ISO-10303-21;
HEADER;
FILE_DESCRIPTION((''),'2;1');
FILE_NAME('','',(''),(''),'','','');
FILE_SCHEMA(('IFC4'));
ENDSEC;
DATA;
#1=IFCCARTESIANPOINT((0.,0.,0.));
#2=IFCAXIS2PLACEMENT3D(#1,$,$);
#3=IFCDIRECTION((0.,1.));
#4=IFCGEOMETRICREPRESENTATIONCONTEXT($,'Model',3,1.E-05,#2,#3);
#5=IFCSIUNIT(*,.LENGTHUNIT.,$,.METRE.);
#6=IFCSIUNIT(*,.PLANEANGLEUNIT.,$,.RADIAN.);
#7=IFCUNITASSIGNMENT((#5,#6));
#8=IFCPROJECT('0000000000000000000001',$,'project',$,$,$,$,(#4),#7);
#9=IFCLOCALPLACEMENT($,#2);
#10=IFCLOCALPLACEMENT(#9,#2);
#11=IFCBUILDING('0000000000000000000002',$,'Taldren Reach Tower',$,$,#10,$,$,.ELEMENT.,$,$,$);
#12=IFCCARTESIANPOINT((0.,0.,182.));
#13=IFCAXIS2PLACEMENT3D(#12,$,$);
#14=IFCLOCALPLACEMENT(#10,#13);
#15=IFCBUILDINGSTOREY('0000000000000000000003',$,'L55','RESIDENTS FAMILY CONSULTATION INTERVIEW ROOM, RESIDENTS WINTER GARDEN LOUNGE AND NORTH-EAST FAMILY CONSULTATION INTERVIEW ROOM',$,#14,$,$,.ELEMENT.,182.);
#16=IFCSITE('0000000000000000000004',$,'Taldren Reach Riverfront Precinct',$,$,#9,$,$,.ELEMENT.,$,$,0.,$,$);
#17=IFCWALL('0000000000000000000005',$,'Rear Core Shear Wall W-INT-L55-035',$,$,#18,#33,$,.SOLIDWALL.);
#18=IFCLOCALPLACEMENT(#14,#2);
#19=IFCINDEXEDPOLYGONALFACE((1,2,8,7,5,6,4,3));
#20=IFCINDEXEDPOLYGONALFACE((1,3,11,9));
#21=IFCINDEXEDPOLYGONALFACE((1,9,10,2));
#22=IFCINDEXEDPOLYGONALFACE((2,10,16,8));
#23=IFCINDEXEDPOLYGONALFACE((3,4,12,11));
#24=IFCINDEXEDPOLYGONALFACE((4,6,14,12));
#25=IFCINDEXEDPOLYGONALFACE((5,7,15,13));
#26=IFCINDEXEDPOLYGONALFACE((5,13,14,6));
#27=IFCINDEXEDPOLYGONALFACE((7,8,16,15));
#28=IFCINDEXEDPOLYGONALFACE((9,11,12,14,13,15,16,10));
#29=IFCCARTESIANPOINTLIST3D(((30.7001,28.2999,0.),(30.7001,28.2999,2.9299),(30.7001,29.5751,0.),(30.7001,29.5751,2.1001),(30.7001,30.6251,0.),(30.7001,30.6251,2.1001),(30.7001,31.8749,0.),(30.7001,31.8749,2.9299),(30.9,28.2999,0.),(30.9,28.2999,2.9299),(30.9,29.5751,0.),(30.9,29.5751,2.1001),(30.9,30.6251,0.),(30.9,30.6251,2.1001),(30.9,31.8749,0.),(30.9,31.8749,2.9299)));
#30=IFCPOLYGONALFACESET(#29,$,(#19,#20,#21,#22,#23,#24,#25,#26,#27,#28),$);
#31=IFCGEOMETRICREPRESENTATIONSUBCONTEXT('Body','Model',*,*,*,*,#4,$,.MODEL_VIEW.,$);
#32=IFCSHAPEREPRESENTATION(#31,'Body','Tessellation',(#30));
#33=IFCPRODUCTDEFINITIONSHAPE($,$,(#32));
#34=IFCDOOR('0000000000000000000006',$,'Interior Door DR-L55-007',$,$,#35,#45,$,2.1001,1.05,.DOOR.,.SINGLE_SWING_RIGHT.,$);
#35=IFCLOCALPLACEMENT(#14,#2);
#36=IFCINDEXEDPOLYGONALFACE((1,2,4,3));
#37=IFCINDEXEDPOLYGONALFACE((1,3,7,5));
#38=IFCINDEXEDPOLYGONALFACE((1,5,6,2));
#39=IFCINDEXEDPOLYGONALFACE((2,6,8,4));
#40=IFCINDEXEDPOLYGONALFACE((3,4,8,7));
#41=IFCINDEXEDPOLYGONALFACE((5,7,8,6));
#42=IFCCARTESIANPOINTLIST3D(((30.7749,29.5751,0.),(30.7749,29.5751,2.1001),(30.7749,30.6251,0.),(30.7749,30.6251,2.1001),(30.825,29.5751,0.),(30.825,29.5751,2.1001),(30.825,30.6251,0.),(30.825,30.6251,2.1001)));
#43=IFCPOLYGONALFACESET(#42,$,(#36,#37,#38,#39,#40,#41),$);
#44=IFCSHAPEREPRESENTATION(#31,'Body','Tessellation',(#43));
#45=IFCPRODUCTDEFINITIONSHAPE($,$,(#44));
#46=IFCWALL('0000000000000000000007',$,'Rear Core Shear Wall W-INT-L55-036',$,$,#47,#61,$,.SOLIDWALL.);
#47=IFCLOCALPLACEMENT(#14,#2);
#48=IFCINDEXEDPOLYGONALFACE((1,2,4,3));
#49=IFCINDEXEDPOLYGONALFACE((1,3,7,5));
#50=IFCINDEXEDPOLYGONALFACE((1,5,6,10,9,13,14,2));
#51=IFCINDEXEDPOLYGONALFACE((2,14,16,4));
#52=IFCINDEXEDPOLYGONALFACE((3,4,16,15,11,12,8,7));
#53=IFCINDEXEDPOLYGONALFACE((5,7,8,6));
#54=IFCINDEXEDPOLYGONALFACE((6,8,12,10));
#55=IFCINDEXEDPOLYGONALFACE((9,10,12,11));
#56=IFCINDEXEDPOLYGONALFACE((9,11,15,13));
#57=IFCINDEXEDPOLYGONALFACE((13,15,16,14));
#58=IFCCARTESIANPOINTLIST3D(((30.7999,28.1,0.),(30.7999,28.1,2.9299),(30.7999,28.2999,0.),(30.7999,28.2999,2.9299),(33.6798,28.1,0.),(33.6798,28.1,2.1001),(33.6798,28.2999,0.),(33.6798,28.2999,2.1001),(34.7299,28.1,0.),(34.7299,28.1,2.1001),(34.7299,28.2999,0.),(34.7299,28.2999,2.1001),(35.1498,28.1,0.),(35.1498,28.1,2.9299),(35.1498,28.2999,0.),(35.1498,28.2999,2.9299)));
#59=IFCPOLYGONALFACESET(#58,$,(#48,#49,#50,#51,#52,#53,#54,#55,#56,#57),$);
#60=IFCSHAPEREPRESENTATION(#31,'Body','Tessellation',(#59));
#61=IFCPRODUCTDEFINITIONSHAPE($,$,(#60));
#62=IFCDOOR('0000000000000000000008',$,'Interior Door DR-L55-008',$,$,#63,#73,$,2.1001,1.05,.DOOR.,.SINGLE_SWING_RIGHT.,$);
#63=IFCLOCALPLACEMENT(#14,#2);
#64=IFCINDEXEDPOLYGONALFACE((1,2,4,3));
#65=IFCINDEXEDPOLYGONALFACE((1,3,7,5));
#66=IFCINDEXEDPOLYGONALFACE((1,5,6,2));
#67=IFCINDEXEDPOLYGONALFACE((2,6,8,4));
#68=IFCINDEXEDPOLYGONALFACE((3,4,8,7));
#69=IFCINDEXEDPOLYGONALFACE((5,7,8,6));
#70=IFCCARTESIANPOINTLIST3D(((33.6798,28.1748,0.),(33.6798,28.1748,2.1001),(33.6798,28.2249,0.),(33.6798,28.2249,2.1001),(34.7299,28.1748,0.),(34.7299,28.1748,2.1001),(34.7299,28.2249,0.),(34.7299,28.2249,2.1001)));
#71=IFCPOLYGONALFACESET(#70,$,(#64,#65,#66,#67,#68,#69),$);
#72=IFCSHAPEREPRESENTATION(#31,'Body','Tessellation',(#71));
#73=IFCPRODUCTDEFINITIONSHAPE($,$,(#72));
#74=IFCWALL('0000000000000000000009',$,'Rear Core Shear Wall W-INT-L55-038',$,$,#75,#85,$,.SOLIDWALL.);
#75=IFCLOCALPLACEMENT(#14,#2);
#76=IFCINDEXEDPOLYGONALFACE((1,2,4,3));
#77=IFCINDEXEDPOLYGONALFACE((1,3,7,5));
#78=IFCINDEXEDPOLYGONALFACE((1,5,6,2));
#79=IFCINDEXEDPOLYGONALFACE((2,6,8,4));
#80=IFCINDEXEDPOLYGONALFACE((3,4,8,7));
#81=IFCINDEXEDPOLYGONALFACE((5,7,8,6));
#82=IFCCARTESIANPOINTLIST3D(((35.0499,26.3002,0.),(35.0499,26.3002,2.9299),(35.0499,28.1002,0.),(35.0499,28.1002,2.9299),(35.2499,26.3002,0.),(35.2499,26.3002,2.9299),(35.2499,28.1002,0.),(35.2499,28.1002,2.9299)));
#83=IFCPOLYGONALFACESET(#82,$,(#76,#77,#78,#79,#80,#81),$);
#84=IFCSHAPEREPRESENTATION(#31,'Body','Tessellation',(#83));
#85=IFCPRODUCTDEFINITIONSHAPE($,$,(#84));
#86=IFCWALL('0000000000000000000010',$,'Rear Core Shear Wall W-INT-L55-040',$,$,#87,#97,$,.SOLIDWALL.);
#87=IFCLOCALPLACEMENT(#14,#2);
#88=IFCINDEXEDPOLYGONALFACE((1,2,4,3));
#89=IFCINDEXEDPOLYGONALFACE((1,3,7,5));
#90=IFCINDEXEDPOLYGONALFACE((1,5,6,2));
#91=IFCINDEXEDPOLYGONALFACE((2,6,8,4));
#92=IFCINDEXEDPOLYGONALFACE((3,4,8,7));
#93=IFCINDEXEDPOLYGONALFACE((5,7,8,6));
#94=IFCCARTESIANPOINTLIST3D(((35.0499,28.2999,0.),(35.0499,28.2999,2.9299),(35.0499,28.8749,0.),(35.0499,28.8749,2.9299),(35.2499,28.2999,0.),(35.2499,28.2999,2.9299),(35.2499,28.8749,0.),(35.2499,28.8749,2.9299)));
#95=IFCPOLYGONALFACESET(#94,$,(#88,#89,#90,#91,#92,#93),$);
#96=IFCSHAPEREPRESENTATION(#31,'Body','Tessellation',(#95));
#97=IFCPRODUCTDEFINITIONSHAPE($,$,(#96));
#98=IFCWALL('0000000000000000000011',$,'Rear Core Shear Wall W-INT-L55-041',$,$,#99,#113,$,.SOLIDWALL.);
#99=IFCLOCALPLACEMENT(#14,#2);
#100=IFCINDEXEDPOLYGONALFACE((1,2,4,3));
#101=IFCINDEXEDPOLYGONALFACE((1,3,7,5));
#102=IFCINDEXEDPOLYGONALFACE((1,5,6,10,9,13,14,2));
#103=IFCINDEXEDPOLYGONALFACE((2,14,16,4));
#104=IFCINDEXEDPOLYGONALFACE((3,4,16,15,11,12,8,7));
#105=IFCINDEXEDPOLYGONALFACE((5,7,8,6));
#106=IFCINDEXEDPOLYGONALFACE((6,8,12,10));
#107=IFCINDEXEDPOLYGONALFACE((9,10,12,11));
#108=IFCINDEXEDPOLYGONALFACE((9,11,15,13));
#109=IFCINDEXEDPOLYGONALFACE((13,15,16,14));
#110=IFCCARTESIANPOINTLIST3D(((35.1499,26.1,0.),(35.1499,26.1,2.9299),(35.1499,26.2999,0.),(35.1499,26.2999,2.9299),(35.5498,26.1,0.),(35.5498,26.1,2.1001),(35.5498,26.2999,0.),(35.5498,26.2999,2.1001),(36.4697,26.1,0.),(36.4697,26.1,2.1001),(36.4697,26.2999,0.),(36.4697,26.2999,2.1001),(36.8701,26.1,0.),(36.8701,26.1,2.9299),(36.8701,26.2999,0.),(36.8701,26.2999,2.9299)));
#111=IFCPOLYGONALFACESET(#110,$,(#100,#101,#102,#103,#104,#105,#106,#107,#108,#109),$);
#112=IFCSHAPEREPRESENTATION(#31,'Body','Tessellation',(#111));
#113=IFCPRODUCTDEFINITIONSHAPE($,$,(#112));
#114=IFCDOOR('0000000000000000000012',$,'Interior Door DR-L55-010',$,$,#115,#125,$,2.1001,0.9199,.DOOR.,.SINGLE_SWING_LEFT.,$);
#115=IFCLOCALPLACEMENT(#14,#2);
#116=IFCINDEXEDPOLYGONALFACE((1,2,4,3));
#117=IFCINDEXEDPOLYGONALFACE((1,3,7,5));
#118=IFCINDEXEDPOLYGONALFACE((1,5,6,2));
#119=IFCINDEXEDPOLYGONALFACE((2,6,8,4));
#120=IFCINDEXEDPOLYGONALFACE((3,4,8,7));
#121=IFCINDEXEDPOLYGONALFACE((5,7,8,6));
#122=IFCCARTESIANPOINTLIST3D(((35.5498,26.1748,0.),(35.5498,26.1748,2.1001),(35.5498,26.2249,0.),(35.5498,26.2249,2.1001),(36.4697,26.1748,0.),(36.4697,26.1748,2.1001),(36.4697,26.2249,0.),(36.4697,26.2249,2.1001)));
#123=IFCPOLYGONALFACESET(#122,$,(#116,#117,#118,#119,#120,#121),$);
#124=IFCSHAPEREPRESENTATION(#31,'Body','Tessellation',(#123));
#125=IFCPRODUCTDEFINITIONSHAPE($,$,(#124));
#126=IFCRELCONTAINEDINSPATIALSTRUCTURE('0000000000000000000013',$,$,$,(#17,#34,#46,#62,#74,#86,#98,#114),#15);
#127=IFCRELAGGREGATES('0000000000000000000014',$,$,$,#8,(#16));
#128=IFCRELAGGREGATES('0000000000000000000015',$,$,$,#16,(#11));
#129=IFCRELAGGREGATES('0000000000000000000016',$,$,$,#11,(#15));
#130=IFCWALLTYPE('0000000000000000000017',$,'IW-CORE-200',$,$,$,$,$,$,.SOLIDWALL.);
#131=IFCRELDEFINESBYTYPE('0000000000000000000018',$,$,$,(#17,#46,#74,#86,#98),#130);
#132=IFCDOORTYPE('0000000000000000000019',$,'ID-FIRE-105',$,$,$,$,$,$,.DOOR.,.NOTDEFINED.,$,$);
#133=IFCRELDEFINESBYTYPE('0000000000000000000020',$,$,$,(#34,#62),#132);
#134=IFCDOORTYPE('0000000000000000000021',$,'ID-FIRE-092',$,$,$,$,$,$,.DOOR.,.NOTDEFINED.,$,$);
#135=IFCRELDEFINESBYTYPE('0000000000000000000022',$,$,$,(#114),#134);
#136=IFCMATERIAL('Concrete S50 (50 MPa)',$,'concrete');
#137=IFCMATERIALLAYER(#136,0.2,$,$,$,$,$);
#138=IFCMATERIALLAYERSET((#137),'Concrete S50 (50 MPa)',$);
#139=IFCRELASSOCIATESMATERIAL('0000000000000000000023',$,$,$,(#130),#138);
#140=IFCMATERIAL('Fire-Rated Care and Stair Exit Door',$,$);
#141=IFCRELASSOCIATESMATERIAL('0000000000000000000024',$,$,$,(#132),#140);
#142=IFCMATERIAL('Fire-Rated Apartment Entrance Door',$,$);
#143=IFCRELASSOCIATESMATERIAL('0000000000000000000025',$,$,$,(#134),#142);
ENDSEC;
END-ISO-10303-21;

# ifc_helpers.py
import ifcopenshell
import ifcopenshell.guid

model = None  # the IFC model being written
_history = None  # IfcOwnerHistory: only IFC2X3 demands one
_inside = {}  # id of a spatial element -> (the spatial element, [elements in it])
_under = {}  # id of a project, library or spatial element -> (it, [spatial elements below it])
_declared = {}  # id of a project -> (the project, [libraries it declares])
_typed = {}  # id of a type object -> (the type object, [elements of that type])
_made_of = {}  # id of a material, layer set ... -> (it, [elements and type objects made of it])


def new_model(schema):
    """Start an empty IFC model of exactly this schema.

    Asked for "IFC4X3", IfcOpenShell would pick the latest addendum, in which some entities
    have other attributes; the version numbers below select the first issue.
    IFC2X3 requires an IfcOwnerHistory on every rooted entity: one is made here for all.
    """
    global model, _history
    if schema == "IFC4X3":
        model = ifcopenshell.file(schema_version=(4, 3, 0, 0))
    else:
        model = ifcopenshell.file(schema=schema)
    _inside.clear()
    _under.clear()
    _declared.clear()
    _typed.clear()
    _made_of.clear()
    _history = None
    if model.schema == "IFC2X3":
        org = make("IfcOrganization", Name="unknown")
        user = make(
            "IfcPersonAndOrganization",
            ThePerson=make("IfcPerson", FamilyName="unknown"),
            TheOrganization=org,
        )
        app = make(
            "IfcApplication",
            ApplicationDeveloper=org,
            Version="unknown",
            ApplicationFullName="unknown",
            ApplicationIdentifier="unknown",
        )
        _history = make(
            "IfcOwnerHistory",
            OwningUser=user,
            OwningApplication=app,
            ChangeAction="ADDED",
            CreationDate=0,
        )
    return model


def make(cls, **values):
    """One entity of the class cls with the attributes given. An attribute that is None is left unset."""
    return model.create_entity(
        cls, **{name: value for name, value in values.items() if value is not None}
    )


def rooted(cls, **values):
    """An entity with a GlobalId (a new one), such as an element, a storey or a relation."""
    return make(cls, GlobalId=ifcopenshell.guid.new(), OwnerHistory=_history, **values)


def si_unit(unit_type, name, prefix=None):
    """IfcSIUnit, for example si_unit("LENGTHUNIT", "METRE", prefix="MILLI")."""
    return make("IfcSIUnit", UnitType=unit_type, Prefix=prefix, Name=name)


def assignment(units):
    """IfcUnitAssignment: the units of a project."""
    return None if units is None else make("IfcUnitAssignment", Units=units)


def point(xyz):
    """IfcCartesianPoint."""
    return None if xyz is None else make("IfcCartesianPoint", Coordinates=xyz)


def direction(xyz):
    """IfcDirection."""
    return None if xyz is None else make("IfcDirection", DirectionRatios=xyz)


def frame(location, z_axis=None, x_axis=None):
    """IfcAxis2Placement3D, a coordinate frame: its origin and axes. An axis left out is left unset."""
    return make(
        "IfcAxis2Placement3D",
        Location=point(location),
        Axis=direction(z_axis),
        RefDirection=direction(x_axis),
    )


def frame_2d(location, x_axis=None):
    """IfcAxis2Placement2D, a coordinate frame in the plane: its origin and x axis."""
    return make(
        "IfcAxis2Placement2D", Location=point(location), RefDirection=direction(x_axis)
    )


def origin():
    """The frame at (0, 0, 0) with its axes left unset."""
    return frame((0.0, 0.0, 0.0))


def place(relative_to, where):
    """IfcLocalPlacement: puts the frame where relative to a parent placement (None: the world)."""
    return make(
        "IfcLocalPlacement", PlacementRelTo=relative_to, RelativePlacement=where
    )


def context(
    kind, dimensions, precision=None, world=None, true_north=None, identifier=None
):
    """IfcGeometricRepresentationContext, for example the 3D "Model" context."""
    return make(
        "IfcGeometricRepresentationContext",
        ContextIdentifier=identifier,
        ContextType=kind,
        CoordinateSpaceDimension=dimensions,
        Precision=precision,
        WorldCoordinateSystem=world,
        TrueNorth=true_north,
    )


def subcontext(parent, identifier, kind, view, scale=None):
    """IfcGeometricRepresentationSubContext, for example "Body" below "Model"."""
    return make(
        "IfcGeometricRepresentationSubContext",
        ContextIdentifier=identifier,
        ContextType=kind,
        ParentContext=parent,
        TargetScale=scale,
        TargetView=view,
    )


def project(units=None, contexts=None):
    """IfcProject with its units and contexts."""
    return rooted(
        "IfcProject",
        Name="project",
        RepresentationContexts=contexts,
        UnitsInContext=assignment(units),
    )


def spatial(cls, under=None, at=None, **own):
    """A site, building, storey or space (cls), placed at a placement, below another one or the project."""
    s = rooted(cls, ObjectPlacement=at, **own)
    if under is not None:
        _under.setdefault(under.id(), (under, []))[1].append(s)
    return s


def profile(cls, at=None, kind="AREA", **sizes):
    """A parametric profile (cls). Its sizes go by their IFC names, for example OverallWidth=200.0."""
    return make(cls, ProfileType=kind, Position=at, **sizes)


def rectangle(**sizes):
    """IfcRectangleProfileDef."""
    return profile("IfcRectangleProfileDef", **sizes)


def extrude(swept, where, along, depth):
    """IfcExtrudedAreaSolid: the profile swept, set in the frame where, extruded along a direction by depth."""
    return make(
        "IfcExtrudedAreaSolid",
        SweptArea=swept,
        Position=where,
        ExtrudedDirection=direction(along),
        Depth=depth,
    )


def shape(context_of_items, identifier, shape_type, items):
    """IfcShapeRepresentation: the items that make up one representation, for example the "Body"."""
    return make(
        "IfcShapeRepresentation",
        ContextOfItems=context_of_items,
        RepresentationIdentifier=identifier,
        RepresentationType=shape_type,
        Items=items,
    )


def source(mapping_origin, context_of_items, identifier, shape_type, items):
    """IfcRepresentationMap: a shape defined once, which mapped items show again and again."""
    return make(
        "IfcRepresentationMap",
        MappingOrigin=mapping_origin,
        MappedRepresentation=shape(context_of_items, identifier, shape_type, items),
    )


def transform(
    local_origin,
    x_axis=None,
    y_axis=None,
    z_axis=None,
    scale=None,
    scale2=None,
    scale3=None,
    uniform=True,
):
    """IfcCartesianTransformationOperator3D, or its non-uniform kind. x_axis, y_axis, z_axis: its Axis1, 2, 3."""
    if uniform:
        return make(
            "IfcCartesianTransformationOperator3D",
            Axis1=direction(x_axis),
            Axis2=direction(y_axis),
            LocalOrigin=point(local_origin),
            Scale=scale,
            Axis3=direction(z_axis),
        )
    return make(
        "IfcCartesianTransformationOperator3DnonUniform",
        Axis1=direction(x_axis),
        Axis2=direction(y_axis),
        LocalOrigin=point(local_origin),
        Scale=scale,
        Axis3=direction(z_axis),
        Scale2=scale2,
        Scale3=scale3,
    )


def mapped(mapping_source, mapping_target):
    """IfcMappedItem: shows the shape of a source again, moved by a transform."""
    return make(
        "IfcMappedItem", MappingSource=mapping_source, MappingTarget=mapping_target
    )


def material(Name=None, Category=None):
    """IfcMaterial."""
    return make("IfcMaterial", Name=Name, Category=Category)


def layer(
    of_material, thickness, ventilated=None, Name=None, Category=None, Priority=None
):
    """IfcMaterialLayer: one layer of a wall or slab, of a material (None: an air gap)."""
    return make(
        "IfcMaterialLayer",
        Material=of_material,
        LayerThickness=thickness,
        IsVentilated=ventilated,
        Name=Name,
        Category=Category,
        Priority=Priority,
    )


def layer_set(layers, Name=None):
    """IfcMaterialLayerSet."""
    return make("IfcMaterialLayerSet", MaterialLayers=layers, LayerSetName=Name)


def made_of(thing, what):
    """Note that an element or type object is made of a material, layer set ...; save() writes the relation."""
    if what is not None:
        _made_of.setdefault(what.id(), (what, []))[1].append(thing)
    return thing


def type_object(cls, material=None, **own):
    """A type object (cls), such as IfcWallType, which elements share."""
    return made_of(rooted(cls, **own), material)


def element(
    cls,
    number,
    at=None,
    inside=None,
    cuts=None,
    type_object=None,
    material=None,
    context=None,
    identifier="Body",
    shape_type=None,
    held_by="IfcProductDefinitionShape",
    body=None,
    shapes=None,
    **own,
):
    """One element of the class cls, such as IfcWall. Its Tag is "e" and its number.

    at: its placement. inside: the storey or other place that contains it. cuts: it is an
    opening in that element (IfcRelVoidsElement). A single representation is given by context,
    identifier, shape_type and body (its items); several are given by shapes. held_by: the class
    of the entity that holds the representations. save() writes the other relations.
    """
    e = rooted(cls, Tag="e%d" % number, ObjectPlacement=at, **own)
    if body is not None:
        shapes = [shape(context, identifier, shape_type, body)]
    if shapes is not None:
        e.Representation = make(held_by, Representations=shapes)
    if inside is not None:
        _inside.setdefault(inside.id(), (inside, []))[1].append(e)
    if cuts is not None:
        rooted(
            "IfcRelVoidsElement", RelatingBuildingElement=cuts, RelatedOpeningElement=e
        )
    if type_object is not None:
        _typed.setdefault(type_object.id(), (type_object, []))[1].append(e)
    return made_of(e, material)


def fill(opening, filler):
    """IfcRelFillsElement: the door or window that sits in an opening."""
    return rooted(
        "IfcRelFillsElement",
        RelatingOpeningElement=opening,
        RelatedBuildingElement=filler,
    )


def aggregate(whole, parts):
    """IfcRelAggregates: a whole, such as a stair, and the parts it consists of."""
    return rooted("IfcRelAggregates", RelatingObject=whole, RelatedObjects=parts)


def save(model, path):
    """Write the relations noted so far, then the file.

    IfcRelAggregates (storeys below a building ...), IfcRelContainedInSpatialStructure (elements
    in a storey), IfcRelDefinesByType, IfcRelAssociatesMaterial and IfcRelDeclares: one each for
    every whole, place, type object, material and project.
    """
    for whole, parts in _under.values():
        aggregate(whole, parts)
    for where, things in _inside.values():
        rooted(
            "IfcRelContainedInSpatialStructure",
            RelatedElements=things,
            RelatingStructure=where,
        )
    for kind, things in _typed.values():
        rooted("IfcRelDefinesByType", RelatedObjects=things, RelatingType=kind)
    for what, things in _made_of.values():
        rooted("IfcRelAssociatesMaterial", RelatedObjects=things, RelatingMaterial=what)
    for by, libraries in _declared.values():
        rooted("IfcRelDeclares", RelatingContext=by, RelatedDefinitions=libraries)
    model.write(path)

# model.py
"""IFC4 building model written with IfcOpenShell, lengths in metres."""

from ifc_helpers import new_model, si_unit, direction, frame, frame_2d, origin, place, context, subcontext, project, spatial, rectangle, extrude, source, transform, mapped, material, layer, layer_set, type_object, element, fill, save


model = new_model("IFC4")

# Units and contexts
model_context = context("Model", 3, precision=1e-05, world=origin(), true_north=direction((0.0, 1.0)))
body_context = subcontext(model_context, "Body", "Model", "MODEL_VIEW")
ifc_project = project(units=[si_unit("LENGTHUNIT", "METRE"), si_unit("PLANEANGLEUNIT", "RADIAN")], contexts=[model_context])

# Site, building, storey
site_placement = place(None, origin())
site = spatial("IfcSite", under=ifc_project, at=site_placement, Name="Taldren Reach Riverfront Precinct", CompositionType="ELEMENT", RefElevation=0.0)
building_placement = place(site_placement, origin())
building = spatial("IfcBuilding", under=site, at=building_placement, Name="Taldren Reach Tower", CompositionType="ELEMENT")
storey_placement = place(building_placement, frame((0.0, 0.0, 182.0)))
storey = spatial("IfcBuildingStorey", under=building, at=storey_placement, Name="L55", Description="RESIDENTS FAMILY CONSULTATION INTERVIEW ROOM, RESIDENTS WINTER GARDEN LOUNGE AND NORTH-EAST FAMILY CONSULTATION INTERVIEW ROOM", CompositionType="ELEMENT", Elevation=182.0)

# Shared definitions
ifc_material_1 = material(Name="Concrete S50 (50 MPa)", Category="concrete")
ifc_layer_1 = layer(ifc_material_1, 0.2)
ifc_layer_set_1 = layer_set([ifc_layer_1], Name="Concrete S50 (50 MPa)")
wall_type_1 = type_object("IfcWallType", Name="IW-CORE-200", PredefinedType="SOLIDWALL", material=ifc_layer_set_1)
shared_shape_1 = source(origin(), body_context, "Body", "SweptSolid", [
    extrude(rectangle(XDim=1.05, YDim=2.1001, at=frame_2d((0.5249, 1.05))), frame((0.0, 0.1099, 0.0), z_axis=(0.0, -1.0, 0.0), x_axis=(1.0, 0.0, 0.0)), (0.0, 0.0, 1.0), 0.22),
])
ifc_material_2 = material(Name="Fire-Rated Care and Stair Exit Door")
door_type_1 = type_object("IfcDoorType", Name="ID-FIRE-105", OperationType="NOTDEFINED", PredefinedType="DOOR", material=ifc_material_2)
shared_shape_2 = source(origin(), body_context, "Body", "SweptSolid", [
    extrude(rectangle(XDim=1.05, YDim=2.1001, at=frame_2d((0.5249, 1.05))), frame((0.0, 0.0249, 0.0), z_axis=(0.0, -1.0, 0.0), x_axis=(1.0, 0.0, 0.0)), (0.0, 0.0, 1.0), 0.05),
])

# Walls, openings, doors
shared_shape_3 = source(origin(), body_context, "Body", "SweptSolid", [
    extrude(rectangle(XDim=3.575, YDim=0.2, at=frame_2d((1.7876, 0.0))), origin(), (0.0, 0.0, 1.0), 2.9299),
])
wall_1_placement = place(storey_placement, frame((30.8, 31.875, 0.0), z_axis=(0.0, 0.0, 1.0), x_axis=(0.0, -1.0, 0.0)))
wall_1 = element("IfcWall", 1, at=wall_1_placement, inside=storey, type_object=wall_type_1, Name="Rear Core Shear Wall W-INT-L55-035", PredefinedType="SOLIDWALL", context=body_context, shape_type="MappedRepresentation", body=[
    mapped(shared_shape_3, transform((0.0, 0.0, 0.0), scale=1.0)),
])
opening_1_placement = place(wall_1_placement, frame((1.25, 0.0, 0.0)))
opening_1 = element("IfcOpeningElement", 2, at=opening_1_placement, cuts=wall_1, PredefinedType="OPENING", context=body_context, shape_type="MappedRepresentation", body=[
    mapped(shared_shape_1, transform((0.0, 0.0, 0.0), scale=1.0)),
])
door_1_placement = place(opening_1_placement, origin())
door_1 = element("IfcDoor", 3, at=door_1_placement, inside=storey, type_object=door_type_1, Name="Interior Door DR-L55-007", OperationType="SINGLE_SWING_RIGHT", OverallHeight=2.1001, OverallWidth=1.05, PredefinedType="DOOR", context=body_context, shape_type="MappedRepresentation", body=[
    mapped(shared_shape_2, transform((0.0, 0.0, 0.0), scale=1.0)),
])
fill(opening_1, door_1)
shared_shape_4 = source(origin(), body_context, "Body", "SweptSolid", [
    extrude(rectangle(XDim=4.3499, YDim=0.2, at=frame_2d((2.1748, 0.0))), origin(), (0.0, 0.0, 1.0), 2.9299),
])
wall_2_placement = place(storey_placement, frame((30.8, 28.2, 0.0), z_axis=(0.0, 0.0, 1.0), x_axis=(1.0, 0.0, 0.0)))
wall_2 = element("IfcWall", 4, at=wall_2_placement, inside=storey, type_object=wall_type_1, Name="Rear Core Shear Wall W-INT-L55-036", PredefinedType="SOLIDWALL", context=body_context, shape_type="MappedRepresentation", body=[
    mapped(shared_shape_4, transform((0.0, 0.0, 0.0), scale=1.0)),
])
opening_2_placement = place(wall_2_placement, frame((2.8799, 0.0, 0.0)))
opening_2 = element("IfcOpeningElement", 5, at=opening_2_placement, cuts=wall_2, PredefinedType="OPENING", context=body_context, shape_type="MappedRepresentation", body=[
    mapped(shared_shape_1, transform((0.0, 0.0, 0.0), scale=1.0)),
])
door_2_placement = place(opening_2_placement, origin())
door_2 = element("IfcDoor", 6, at=door_2_placement, inside=storey, type_object=door_type_1, Name="Interior Door DR-L55-008", OperationType="SINGLE_SWING_RIGHT", OverallHeight=2.1001, OverallWidth=1.05, PredefinedType="DOOR", context=body_context, shape_type="MappedRepresentation", body=[
    mapped(shared_shape_2, transform((0.0, 0.0, 0.0), scale=1.0)),
])
fill(opening_2, door_2)

# Walls
shared_shape_5 = source(origin(), body_context, "Body", "SweptSolid", [
    extrude(rectangle(XDim=1.8, YDim=0.2, at=frame_2d((0.8999, 0.0))), origin(), (0.0, 0.0, 1.0), 2.9299),
])
wall_3_placement = place(storey_placement, frame((35.1499, 28.1001, 0.0), z_axis=(0.0, 0.0, 1.0), x_axis=(0.0, -1.0, 0.0)))
element("IfcWall", 7, at=wall_3_placement, inside=storey, type_object=wall_type_1, Name="Rear Core Shear Wall W-INT-L55-038", PredefinedType="SOLIDWALL", context=body_context, shape_type="MappedRepresentation", body=[
    mapped(shared_shape_5, transform((0.0, 0.0, 0.0), scale=1.0)),
])
shared_shape_6 = source(origin(), body_context, "Body", "SweptSolid", [
    extrude(rectangle(XDim=0.575, YDim=0.2, at=frame_2d((0.2876, 0.0))), origin(), (0.0, 0.0, 1.0), 2.9299),
])
wall_4_placement = place(storey_placement, frame((35.1499, 28.875, 0.0), z_axis=(0.0, 0.0, 1.0), x_axis=(0.0, -1.0, 0.0)))
element("IfcWall", 8, at=wall_4_placement, inside=storey, type_object=wall_type_1, Name="Rear Core Shear Wall W-INT-L55-040", PredefinedType="SOLIDWALL", context=body_context, shape_type="MappedRepresentation", body=[
    mapped(shared_shape_6, transform((0.0, 0.0, 0.0), scale=1.0)),
])

# Wall, opening, door
shared_shape_7 = source(origin(), body_context, "Body", "SweptSolid", [
    extrude(rectangle(XDim=1.7202, YDim=0.2, at=frame_2d((0.8601, 0.0))), origin(), (0.0, 0.0, 1.0), 2.9299),
])
wall_5_placement = place(storey_placement, frame((35.1499, 26.2, 0.0), z_axis=(0.0, 0.0, 1.0), x_axis=(1.0, 0.0, 0.0)))
wall_5 = element("IfcWall", 9, at=wall_5_placement, inside=storey, type_object=wall_type_1, Name="Rear Core Shear Wall W-INT-L55-041", PredefinedType="SOLIDWALL", context=body_context, shape_type="MappedRepresentation", body=[
    mapped(shared_shape_7, transform((0.0, 0.0, 0.0), scale=1.0)),
])
shared_shape_8 = source(origin(), body_context, "Body", "SweptSolid", [
    extrude(rectangle(XDim=0.9199, YDim=2.1001, at=frame_2d((0.46, 1.05))), frame((0.0, 0.1099, 0.0), z_axis=(0.0, -1.0, 0.0), x_axis=(1.0, 0.0, 0.0)), (0.0, 0.0, 1.0), 0.22),
])
opening_3_placement = place(wall_5_placement, frame((0.3999, 0.0, 0.0)))
opening_3 = element("IfcOpeningElement", 10, at=opening_3_placement, cuts=wall_5, PredefinedType="OPENING", context=body_context, shape_type="MappedRepresentation", body=[
    mapped(shared_shape_8, transform((0.0, 0.0, 0.0), scale=1.0)),
])
ifc_material_3 = material(Name="Fire-Rated Apartment Entrance Door")
door_type_2 = type_object("IfcDoorType", Name="ID-FIRE-092", OperationType="NOTDEFINED", PredefinedType="DOOR", material=ifc_material_3)
shared_shape_9 = source(origin(), body_context, "Body", "SweptSolid", [
    extrude(rectangle(XDim=0.9199, YDim=2.1001, at=frame_2d((0.46, 1.05))), frame((0.0, 0.0249, 0.0), z_axis=(0.0, -1.0, 0.0), x_axis=(1.0, 0.0, 0.0)), (0.0, 0.0, 1.0), 0.05),
])
door_3_placement = place(opening_3_placement, origin())
door_3 = element("IfcDoor", 11, at=door_3_placement, inside=storey, type_object=door_type_2, Name="Interior Door DR-L55-010", OperationType="SINGLE_SWING_LEFT", OverallHeight=2.1001, OverallWidth=0.9199, PredefinedType="DOOR", context=body_context, shape_type="MappedRepresentation", body=[
    mapped(shared_shape_9, transform((0.0, 0.0, 0.0), scale=1.0)),
])
fill(opening_3, door_3)

save(model, "model.ifc")
